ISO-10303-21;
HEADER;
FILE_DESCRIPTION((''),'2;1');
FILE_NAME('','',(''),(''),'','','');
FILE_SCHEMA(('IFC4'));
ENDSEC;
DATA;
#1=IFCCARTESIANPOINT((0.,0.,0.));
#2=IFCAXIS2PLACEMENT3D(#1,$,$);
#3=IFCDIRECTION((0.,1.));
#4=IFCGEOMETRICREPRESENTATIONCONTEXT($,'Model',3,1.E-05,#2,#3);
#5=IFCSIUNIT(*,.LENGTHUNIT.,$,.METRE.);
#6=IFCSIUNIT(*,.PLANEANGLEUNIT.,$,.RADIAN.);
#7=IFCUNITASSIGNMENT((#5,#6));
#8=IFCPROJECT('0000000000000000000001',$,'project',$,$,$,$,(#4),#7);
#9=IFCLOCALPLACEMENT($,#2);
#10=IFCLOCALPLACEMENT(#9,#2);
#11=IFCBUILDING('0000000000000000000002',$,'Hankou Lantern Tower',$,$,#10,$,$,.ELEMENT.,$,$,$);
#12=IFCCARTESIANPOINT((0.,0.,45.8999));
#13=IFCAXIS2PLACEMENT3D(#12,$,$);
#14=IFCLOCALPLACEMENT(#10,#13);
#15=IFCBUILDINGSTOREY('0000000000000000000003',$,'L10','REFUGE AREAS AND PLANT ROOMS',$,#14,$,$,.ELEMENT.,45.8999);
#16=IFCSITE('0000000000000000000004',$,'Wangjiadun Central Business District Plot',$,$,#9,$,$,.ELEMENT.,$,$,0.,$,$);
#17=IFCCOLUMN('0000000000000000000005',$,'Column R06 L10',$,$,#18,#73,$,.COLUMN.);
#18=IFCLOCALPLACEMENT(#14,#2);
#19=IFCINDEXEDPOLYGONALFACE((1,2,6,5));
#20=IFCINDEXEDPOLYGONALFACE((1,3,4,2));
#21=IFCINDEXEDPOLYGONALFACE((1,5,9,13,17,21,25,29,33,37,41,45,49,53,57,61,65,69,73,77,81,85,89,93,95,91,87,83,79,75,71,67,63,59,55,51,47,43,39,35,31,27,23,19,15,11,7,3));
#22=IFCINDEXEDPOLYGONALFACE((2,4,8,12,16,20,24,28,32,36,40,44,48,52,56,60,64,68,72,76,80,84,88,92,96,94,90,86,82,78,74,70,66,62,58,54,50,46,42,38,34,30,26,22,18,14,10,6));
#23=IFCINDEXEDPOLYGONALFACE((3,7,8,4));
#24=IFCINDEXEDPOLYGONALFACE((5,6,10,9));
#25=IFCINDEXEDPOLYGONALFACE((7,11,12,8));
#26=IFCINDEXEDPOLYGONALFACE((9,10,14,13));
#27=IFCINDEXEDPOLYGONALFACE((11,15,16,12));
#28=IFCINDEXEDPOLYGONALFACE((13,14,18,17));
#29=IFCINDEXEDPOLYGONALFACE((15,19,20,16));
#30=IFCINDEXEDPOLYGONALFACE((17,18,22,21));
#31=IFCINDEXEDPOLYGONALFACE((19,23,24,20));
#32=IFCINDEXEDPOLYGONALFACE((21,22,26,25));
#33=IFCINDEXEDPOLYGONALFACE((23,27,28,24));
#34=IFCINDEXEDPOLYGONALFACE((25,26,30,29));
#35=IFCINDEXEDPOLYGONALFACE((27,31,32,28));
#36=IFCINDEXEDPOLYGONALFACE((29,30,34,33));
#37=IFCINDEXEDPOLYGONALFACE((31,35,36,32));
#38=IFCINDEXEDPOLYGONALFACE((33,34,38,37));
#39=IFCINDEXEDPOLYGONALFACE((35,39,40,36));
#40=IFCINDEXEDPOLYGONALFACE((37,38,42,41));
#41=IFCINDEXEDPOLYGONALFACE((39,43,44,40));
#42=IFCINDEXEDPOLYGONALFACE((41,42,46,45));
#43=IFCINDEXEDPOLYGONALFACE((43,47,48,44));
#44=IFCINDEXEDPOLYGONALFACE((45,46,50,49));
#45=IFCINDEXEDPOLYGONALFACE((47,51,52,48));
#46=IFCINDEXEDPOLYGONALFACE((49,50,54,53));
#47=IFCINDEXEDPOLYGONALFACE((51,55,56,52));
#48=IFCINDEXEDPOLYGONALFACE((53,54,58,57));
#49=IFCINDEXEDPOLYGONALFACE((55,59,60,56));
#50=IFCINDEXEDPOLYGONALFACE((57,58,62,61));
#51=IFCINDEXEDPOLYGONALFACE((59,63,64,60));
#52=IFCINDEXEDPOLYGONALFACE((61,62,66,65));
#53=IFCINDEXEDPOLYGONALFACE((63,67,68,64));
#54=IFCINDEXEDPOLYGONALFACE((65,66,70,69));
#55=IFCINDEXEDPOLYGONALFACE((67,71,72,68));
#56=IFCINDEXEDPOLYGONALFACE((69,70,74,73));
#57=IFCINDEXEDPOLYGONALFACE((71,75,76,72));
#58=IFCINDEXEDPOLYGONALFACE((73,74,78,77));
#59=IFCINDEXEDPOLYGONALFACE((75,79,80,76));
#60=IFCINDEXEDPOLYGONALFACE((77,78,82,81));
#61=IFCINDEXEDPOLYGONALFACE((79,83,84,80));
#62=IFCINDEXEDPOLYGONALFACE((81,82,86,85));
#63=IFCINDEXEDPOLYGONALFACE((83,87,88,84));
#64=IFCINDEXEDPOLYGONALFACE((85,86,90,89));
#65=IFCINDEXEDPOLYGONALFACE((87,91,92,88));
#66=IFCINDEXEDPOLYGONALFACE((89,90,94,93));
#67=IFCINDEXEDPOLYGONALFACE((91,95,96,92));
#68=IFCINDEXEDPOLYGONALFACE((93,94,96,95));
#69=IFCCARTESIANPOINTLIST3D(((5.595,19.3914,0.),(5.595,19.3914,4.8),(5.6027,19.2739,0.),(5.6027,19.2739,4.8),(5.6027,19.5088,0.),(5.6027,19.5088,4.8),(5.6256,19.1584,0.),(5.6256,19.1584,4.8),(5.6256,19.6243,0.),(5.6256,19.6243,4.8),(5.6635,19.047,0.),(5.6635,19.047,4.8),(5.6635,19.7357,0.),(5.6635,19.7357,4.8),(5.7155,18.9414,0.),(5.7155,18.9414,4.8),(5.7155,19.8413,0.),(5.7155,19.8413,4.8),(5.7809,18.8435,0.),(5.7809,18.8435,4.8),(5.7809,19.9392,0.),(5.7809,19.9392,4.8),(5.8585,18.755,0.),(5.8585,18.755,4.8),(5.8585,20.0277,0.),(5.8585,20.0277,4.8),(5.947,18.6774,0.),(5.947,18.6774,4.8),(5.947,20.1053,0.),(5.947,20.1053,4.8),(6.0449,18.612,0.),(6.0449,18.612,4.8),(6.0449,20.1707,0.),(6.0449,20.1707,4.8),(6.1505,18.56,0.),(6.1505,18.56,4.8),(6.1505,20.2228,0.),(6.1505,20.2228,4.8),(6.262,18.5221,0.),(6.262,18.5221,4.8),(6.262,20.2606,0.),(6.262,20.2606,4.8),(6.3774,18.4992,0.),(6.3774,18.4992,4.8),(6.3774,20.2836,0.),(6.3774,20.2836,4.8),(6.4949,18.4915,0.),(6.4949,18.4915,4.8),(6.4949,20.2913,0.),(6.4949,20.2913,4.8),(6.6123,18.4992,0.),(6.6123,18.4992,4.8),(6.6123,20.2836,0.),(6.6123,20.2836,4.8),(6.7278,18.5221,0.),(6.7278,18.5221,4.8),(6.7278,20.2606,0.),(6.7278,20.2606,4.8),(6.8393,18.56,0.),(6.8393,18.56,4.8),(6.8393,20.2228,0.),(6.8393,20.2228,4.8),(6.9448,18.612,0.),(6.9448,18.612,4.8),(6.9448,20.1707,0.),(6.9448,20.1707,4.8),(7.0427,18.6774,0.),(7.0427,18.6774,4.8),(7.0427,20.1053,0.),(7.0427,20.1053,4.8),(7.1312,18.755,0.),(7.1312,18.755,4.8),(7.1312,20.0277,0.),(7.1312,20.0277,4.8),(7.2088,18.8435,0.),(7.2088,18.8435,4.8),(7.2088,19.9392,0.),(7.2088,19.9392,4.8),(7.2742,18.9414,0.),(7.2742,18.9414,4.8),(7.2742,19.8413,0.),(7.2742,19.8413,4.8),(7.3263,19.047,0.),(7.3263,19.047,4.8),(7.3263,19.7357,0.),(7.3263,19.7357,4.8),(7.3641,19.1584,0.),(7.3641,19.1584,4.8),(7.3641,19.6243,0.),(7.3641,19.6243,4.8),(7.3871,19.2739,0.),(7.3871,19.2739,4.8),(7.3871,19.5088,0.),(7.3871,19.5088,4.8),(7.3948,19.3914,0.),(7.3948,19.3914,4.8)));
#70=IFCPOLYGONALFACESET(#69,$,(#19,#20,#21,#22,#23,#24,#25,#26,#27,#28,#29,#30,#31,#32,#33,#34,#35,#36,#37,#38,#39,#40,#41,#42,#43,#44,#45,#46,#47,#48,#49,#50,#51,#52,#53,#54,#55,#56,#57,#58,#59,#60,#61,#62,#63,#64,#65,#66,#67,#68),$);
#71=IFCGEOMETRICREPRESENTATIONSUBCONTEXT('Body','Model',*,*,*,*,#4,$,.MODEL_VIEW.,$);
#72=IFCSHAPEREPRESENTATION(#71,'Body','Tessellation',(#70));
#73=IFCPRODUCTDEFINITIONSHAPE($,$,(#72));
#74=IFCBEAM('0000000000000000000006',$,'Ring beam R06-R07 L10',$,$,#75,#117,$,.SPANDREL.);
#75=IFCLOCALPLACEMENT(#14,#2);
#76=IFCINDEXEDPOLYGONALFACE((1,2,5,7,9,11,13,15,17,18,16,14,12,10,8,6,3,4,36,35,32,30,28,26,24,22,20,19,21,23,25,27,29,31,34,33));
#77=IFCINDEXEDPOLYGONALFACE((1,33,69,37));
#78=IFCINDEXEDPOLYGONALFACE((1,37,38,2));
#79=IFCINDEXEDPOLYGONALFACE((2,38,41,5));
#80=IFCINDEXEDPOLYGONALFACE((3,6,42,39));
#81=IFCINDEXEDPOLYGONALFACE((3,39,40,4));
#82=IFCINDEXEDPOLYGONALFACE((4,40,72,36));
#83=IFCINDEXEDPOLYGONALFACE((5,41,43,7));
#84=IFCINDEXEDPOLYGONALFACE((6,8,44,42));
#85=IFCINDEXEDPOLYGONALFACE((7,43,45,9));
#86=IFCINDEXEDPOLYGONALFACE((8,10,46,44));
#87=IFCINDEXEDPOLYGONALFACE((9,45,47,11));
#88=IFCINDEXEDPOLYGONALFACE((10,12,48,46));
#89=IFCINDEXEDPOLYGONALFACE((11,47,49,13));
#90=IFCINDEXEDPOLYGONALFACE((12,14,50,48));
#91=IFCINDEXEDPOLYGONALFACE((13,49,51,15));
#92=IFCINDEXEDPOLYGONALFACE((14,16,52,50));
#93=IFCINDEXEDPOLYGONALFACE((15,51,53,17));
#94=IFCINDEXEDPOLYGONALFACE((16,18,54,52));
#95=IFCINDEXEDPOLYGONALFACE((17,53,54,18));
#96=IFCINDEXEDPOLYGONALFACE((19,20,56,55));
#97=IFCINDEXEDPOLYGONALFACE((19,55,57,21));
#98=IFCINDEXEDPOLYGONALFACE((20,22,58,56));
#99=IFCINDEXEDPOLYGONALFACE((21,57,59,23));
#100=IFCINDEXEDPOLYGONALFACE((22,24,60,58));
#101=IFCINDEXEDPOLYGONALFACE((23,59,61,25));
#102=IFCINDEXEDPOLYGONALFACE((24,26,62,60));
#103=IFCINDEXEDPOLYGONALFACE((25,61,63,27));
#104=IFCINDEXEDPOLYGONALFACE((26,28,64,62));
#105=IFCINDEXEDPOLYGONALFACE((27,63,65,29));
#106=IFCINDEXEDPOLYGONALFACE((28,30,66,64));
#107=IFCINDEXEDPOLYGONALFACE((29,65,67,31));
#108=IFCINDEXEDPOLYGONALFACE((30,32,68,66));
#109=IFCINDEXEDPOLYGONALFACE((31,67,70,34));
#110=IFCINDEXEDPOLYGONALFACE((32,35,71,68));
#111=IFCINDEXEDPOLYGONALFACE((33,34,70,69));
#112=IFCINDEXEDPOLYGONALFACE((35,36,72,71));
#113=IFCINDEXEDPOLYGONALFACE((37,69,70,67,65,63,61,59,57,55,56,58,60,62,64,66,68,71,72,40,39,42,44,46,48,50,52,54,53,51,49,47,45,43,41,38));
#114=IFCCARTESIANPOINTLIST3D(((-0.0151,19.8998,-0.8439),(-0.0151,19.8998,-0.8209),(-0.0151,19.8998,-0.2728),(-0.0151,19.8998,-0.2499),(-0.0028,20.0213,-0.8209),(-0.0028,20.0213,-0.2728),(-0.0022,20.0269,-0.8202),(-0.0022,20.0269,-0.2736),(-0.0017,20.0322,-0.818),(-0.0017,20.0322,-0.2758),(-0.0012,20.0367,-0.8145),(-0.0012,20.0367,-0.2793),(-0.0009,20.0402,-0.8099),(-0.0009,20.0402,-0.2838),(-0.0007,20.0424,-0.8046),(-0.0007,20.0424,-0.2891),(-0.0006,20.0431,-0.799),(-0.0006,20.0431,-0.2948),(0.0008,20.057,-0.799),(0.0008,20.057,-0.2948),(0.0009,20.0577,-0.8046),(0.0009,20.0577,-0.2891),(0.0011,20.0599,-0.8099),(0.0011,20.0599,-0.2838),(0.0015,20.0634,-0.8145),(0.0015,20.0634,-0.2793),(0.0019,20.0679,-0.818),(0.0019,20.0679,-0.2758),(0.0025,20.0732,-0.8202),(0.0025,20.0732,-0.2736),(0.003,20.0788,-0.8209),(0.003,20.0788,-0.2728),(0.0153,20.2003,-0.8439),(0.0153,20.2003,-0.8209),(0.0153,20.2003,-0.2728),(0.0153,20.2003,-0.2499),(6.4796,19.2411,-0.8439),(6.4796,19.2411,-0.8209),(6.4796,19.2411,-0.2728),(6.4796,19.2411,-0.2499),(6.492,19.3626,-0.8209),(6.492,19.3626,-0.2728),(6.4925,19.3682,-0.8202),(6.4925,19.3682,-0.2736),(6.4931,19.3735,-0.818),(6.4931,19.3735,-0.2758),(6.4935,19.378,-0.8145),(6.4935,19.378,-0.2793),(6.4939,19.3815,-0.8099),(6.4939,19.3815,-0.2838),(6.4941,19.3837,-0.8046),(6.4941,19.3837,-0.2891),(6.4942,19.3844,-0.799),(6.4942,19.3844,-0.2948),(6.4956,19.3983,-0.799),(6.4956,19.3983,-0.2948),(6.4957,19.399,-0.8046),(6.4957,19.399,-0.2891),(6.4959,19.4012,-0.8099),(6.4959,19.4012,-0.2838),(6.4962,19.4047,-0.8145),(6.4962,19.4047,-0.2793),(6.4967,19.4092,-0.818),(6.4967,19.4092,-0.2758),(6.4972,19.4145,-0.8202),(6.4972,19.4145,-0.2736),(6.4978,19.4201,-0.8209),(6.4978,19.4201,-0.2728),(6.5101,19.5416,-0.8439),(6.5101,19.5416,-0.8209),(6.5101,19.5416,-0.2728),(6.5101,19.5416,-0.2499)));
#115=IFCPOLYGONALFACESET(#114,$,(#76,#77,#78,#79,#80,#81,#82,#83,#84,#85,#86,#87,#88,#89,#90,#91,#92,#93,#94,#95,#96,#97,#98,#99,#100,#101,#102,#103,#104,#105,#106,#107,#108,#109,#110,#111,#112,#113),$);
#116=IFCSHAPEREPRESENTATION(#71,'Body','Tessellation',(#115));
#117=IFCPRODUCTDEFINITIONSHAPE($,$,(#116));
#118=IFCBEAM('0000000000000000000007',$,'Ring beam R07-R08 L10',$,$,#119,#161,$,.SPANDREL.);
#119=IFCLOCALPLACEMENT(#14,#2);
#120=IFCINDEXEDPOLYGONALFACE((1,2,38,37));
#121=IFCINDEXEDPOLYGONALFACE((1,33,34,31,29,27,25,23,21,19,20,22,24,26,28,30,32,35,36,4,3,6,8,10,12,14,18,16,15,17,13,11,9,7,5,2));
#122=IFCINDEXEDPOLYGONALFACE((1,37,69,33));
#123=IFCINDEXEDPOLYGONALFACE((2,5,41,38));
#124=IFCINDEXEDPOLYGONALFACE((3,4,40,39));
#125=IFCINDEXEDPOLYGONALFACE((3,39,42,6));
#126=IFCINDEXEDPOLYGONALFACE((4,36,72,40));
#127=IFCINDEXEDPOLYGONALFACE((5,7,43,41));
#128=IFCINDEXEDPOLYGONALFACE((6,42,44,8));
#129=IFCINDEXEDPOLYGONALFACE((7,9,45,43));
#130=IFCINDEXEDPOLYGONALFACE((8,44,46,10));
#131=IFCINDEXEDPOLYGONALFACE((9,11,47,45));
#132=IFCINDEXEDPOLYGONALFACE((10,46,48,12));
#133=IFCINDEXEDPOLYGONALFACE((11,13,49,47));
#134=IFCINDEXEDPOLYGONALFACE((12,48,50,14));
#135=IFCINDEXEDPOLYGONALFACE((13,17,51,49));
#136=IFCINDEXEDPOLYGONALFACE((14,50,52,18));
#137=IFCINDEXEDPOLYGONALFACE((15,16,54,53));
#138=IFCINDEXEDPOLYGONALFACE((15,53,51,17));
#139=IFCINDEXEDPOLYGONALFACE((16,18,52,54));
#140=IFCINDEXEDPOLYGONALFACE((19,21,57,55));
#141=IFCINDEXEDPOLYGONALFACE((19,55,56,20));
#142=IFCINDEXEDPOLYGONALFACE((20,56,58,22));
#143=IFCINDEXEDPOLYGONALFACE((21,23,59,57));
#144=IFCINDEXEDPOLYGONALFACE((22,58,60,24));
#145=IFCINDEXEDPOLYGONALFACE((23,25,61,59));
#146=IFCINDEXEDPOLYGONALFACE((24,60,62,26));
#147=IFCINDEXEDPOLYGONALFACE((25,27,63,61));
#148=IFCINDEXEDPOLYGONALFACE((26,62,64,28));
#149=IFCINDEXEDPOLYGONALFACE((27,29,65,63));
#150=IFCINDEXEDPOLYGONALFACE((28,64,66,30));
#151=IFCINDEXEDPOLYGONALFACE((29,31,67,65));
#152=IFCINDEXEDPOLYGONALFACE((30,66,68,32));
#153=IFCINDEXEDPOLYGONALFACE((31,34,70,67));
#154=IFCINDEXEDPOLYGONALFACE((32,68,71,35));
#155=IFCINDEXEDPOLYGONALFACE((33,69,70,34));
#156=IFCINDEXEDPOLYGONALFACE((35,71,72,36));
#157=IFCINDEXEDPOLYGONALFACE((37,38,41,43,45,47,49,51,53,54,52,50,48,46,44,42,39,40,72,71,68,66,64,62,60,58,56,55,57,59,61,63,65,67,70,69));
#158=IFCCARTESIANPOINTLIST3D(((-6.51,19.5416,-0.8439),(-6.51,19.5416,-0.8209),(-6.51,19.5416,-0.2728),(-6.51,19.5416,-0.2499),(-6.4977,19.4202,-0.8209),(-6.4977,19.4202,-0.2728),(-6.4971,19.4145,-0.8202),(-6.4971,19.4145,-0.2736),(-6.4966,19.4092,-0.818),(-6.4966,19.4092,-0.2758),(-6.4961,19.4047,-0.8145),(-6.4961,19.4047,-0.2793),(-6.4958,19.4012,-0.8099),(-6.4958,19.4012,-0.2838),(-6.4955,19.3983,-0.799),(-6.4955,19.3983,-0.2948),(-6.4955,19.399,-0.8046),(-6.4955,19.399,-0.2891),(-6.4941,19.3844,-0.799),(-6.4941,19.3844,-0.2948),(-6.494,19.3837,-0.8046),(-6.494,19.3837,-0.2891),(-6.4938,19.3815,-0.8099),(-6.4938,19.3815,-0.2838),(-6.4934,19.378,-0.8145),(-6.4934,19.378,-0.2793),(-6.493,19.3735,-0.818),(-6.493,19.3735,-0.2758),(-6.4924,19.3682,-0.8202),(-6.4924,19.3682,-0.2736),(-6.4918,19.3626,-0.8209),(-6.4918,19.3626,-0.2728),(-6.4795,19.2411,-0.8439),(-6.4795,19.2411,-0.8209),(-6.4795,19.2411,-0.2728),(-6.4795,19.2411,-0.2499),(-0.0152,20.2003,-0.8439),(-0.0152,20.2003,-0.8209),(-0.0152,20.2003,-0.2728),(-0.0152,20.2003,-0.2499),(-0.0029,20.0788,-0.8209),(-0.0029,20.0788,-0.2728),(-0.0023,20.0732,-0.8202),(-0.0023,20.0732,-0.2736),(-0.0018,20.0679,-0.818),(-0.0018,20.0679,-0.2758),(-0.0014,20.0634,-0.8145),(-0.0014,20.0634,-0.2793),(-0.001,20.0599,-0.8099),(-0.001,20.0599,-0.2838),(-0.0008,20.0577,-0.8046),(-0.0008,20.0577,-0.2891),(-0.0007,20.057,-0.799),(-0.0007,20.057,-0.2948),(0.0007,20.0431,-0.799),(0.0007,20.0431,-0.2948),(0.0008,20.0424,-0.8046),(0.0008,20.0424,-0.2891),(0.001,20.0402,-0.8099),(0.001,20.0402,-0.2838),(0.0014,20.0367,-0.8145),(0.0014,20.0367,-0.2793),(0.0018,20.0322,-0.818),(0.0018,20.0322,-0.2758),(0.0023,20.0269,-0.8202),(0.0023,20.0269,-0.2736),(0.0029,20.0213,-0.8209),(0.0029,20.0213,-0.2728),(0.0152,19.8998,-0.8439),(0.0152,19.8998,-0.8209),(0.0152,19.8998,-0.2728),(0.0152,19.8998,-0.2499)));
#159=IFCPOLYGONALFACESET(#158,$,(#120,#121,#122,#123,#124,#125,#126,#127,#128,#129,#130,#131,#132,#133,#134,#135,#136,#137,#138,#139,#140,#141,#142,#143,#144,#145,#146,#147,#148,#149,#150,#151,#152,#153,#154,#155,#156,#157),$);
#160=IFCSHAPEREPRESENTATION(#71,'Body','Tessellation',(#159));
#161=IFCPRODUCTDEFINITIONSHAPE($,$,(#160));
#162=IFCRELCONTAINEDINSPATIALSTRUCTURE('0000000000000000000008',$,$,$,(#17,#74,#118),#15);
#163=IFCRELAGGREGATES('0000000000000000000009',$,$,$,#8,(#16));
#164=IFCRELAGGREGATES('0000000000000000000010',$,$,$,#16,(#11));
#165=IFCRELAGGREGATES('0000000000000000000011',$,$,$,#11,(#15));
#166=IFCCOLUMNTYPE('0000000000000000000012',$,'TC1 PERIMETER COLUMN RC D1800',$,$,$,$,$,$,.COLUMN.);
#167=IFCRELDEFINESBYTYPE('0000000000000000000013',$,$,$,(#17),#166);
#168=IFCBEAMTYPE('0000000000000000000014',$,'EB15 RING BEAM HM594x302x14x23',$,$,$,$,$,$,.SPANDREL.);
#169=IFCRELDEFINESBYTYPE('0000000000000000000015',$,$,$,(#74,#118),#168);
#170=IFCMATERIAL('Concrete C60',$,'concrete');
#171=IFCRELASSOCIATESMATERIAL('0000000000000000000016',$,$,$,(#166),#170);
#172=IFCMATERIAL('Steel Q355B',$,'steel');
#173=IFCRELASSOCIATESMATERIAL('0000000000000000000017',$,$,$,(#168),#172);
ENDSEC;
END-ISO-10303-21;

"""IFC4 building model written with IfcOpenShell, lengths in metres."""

from ifc_helpers import new_model, si_unit, direction, frame, origin, origin_2d, place, context, subcontext, project, spatial, circle, i_section, extrude, material, material_profile, profile_set, type_object, element, save


model = new_model("IFC4")

# Units and contexts
model_context = context("Model", 3, precision=1e-05, world=origin(), true_north=direction((0.0, 1.0)))
body_context = subcontext(model_context, "Body", "Model", "MODEL_VIEW")
ifc_project = project(units=[si_unit("LENGTHUNIT", "METRE"), si_unit("PLANEANGLEUNIT", "RADIAN")], contexts=[model_context])

# Site, building, storey
site_placement = place(None, origin())
site = spatial("IfcSite", under=ifc_project, at=site_placement, Name="Wangjiadun Central Business District Plot", CompositionType="ELEMENT", RefElevation=0.0)
building_placement = place(site_placement, origin())
building = spatial("IfcBuilding", under=site, at=building_placement, Name="Hankou Lantern Tower", CompositionType="ELEMENT")
storey_placement = place(building_placement, frame((0.0, 0.0, 45.8999)))
storey = spatial("IfcBuildingStorey", under=building, at=storey_placement, Name="L10", Description="REFUGE AREAS AND PLANT ROOMS", CompositionType="ELEMENT", Elevation=45.8999)

# Column
ifc_material_1 = material(Name="Concrete C60", Category="concrete")
ifc_material_profile_1 = material_profile(ifc_material_1, circle(Radius=0.8999, at=origin_2d()), Name="RC D1800")
ifc_profile_set_1 = profile_set([ifc_material_profile_1], Name="Concrete C60")
column_type = type_object("IfcColumnType", Name="TC1 PERIMETER COLUMN RC D1800", PredefinedType="COLUMN", material=ifc_profile_set_1)
column_placement = place(storey_placement, frame((6.4949, 19.3914, 0.0), z_axis=(0.0, 0.0, 1.0), x_axis=(1.0, 0.0, 0.0)))
element("IfcColumn", 1, at=column_placement, inside=storey, type_object=column_type, Name="Column R06 L10", PredefinedType="COLUMN", context=body_context, shape_type="SweptSolid", body=[
    extrude(circle(Radius=0.8999, at=origin_2d()), origin(), (0.0, 0.0, 1.0), 4.8),
])

# Beams
ifc_material_2 = material(Name="Steel Q355B", Category="steel")
ifc_material_profile_2 = material_profile(ifc_material_2, i_section(OverallWidth=0.302, OverallDepth=0.594, WebThickness=0.0139, FlangeThickness=0.0229, FilletRadius=0.022, at=origin_2d()), Name="HM594x302x14x23")
ifc_profile_set_2 = profile_set([ifc_material_profile_2], Name="Steel Q355B")
beam_type_1 = type_object("IfcBeamType", Name="EB15 RING BEAM HM594x302x14x23", PredefinedType="SPANDREL", material=ifc_profile_set_2)
for number, where, z_axis, x_axis, name in (
    (2, (6.4949, 19.3914, -0.5469), (-0.994897, 0.1009, 0.0), (-0.1009, -0.994897, 0.0), "Ring beam R06-R07 L10"),
    (3, (0.0, 20.05, -0.5469), (-0.994897, -0.1009, 0.0), (0.1009, -0.994897, 0.0), "Ring beam R07-R08 L10"),
):
    element("IfcBeam", number, at=place(storey_placement, frame(where, z_axis=z_axis, x_axis=x_axis)), inside=storey, type_object=beam_type_1, Name=name, PredefinedType="SPANDREL", context=body_context, shape_type="SweptSolid", body=[
        extrude(i_section(OverallWidth=0.302, OverallDepth=0.594, WebThickness=0.0139, FlangeThickness=0.0229, FilletRadius=0.022, at=origin_2d()), origin(), (0.0, 0.0, 1.0), 6.5281),
    ])

save(model, "model.ifc")
